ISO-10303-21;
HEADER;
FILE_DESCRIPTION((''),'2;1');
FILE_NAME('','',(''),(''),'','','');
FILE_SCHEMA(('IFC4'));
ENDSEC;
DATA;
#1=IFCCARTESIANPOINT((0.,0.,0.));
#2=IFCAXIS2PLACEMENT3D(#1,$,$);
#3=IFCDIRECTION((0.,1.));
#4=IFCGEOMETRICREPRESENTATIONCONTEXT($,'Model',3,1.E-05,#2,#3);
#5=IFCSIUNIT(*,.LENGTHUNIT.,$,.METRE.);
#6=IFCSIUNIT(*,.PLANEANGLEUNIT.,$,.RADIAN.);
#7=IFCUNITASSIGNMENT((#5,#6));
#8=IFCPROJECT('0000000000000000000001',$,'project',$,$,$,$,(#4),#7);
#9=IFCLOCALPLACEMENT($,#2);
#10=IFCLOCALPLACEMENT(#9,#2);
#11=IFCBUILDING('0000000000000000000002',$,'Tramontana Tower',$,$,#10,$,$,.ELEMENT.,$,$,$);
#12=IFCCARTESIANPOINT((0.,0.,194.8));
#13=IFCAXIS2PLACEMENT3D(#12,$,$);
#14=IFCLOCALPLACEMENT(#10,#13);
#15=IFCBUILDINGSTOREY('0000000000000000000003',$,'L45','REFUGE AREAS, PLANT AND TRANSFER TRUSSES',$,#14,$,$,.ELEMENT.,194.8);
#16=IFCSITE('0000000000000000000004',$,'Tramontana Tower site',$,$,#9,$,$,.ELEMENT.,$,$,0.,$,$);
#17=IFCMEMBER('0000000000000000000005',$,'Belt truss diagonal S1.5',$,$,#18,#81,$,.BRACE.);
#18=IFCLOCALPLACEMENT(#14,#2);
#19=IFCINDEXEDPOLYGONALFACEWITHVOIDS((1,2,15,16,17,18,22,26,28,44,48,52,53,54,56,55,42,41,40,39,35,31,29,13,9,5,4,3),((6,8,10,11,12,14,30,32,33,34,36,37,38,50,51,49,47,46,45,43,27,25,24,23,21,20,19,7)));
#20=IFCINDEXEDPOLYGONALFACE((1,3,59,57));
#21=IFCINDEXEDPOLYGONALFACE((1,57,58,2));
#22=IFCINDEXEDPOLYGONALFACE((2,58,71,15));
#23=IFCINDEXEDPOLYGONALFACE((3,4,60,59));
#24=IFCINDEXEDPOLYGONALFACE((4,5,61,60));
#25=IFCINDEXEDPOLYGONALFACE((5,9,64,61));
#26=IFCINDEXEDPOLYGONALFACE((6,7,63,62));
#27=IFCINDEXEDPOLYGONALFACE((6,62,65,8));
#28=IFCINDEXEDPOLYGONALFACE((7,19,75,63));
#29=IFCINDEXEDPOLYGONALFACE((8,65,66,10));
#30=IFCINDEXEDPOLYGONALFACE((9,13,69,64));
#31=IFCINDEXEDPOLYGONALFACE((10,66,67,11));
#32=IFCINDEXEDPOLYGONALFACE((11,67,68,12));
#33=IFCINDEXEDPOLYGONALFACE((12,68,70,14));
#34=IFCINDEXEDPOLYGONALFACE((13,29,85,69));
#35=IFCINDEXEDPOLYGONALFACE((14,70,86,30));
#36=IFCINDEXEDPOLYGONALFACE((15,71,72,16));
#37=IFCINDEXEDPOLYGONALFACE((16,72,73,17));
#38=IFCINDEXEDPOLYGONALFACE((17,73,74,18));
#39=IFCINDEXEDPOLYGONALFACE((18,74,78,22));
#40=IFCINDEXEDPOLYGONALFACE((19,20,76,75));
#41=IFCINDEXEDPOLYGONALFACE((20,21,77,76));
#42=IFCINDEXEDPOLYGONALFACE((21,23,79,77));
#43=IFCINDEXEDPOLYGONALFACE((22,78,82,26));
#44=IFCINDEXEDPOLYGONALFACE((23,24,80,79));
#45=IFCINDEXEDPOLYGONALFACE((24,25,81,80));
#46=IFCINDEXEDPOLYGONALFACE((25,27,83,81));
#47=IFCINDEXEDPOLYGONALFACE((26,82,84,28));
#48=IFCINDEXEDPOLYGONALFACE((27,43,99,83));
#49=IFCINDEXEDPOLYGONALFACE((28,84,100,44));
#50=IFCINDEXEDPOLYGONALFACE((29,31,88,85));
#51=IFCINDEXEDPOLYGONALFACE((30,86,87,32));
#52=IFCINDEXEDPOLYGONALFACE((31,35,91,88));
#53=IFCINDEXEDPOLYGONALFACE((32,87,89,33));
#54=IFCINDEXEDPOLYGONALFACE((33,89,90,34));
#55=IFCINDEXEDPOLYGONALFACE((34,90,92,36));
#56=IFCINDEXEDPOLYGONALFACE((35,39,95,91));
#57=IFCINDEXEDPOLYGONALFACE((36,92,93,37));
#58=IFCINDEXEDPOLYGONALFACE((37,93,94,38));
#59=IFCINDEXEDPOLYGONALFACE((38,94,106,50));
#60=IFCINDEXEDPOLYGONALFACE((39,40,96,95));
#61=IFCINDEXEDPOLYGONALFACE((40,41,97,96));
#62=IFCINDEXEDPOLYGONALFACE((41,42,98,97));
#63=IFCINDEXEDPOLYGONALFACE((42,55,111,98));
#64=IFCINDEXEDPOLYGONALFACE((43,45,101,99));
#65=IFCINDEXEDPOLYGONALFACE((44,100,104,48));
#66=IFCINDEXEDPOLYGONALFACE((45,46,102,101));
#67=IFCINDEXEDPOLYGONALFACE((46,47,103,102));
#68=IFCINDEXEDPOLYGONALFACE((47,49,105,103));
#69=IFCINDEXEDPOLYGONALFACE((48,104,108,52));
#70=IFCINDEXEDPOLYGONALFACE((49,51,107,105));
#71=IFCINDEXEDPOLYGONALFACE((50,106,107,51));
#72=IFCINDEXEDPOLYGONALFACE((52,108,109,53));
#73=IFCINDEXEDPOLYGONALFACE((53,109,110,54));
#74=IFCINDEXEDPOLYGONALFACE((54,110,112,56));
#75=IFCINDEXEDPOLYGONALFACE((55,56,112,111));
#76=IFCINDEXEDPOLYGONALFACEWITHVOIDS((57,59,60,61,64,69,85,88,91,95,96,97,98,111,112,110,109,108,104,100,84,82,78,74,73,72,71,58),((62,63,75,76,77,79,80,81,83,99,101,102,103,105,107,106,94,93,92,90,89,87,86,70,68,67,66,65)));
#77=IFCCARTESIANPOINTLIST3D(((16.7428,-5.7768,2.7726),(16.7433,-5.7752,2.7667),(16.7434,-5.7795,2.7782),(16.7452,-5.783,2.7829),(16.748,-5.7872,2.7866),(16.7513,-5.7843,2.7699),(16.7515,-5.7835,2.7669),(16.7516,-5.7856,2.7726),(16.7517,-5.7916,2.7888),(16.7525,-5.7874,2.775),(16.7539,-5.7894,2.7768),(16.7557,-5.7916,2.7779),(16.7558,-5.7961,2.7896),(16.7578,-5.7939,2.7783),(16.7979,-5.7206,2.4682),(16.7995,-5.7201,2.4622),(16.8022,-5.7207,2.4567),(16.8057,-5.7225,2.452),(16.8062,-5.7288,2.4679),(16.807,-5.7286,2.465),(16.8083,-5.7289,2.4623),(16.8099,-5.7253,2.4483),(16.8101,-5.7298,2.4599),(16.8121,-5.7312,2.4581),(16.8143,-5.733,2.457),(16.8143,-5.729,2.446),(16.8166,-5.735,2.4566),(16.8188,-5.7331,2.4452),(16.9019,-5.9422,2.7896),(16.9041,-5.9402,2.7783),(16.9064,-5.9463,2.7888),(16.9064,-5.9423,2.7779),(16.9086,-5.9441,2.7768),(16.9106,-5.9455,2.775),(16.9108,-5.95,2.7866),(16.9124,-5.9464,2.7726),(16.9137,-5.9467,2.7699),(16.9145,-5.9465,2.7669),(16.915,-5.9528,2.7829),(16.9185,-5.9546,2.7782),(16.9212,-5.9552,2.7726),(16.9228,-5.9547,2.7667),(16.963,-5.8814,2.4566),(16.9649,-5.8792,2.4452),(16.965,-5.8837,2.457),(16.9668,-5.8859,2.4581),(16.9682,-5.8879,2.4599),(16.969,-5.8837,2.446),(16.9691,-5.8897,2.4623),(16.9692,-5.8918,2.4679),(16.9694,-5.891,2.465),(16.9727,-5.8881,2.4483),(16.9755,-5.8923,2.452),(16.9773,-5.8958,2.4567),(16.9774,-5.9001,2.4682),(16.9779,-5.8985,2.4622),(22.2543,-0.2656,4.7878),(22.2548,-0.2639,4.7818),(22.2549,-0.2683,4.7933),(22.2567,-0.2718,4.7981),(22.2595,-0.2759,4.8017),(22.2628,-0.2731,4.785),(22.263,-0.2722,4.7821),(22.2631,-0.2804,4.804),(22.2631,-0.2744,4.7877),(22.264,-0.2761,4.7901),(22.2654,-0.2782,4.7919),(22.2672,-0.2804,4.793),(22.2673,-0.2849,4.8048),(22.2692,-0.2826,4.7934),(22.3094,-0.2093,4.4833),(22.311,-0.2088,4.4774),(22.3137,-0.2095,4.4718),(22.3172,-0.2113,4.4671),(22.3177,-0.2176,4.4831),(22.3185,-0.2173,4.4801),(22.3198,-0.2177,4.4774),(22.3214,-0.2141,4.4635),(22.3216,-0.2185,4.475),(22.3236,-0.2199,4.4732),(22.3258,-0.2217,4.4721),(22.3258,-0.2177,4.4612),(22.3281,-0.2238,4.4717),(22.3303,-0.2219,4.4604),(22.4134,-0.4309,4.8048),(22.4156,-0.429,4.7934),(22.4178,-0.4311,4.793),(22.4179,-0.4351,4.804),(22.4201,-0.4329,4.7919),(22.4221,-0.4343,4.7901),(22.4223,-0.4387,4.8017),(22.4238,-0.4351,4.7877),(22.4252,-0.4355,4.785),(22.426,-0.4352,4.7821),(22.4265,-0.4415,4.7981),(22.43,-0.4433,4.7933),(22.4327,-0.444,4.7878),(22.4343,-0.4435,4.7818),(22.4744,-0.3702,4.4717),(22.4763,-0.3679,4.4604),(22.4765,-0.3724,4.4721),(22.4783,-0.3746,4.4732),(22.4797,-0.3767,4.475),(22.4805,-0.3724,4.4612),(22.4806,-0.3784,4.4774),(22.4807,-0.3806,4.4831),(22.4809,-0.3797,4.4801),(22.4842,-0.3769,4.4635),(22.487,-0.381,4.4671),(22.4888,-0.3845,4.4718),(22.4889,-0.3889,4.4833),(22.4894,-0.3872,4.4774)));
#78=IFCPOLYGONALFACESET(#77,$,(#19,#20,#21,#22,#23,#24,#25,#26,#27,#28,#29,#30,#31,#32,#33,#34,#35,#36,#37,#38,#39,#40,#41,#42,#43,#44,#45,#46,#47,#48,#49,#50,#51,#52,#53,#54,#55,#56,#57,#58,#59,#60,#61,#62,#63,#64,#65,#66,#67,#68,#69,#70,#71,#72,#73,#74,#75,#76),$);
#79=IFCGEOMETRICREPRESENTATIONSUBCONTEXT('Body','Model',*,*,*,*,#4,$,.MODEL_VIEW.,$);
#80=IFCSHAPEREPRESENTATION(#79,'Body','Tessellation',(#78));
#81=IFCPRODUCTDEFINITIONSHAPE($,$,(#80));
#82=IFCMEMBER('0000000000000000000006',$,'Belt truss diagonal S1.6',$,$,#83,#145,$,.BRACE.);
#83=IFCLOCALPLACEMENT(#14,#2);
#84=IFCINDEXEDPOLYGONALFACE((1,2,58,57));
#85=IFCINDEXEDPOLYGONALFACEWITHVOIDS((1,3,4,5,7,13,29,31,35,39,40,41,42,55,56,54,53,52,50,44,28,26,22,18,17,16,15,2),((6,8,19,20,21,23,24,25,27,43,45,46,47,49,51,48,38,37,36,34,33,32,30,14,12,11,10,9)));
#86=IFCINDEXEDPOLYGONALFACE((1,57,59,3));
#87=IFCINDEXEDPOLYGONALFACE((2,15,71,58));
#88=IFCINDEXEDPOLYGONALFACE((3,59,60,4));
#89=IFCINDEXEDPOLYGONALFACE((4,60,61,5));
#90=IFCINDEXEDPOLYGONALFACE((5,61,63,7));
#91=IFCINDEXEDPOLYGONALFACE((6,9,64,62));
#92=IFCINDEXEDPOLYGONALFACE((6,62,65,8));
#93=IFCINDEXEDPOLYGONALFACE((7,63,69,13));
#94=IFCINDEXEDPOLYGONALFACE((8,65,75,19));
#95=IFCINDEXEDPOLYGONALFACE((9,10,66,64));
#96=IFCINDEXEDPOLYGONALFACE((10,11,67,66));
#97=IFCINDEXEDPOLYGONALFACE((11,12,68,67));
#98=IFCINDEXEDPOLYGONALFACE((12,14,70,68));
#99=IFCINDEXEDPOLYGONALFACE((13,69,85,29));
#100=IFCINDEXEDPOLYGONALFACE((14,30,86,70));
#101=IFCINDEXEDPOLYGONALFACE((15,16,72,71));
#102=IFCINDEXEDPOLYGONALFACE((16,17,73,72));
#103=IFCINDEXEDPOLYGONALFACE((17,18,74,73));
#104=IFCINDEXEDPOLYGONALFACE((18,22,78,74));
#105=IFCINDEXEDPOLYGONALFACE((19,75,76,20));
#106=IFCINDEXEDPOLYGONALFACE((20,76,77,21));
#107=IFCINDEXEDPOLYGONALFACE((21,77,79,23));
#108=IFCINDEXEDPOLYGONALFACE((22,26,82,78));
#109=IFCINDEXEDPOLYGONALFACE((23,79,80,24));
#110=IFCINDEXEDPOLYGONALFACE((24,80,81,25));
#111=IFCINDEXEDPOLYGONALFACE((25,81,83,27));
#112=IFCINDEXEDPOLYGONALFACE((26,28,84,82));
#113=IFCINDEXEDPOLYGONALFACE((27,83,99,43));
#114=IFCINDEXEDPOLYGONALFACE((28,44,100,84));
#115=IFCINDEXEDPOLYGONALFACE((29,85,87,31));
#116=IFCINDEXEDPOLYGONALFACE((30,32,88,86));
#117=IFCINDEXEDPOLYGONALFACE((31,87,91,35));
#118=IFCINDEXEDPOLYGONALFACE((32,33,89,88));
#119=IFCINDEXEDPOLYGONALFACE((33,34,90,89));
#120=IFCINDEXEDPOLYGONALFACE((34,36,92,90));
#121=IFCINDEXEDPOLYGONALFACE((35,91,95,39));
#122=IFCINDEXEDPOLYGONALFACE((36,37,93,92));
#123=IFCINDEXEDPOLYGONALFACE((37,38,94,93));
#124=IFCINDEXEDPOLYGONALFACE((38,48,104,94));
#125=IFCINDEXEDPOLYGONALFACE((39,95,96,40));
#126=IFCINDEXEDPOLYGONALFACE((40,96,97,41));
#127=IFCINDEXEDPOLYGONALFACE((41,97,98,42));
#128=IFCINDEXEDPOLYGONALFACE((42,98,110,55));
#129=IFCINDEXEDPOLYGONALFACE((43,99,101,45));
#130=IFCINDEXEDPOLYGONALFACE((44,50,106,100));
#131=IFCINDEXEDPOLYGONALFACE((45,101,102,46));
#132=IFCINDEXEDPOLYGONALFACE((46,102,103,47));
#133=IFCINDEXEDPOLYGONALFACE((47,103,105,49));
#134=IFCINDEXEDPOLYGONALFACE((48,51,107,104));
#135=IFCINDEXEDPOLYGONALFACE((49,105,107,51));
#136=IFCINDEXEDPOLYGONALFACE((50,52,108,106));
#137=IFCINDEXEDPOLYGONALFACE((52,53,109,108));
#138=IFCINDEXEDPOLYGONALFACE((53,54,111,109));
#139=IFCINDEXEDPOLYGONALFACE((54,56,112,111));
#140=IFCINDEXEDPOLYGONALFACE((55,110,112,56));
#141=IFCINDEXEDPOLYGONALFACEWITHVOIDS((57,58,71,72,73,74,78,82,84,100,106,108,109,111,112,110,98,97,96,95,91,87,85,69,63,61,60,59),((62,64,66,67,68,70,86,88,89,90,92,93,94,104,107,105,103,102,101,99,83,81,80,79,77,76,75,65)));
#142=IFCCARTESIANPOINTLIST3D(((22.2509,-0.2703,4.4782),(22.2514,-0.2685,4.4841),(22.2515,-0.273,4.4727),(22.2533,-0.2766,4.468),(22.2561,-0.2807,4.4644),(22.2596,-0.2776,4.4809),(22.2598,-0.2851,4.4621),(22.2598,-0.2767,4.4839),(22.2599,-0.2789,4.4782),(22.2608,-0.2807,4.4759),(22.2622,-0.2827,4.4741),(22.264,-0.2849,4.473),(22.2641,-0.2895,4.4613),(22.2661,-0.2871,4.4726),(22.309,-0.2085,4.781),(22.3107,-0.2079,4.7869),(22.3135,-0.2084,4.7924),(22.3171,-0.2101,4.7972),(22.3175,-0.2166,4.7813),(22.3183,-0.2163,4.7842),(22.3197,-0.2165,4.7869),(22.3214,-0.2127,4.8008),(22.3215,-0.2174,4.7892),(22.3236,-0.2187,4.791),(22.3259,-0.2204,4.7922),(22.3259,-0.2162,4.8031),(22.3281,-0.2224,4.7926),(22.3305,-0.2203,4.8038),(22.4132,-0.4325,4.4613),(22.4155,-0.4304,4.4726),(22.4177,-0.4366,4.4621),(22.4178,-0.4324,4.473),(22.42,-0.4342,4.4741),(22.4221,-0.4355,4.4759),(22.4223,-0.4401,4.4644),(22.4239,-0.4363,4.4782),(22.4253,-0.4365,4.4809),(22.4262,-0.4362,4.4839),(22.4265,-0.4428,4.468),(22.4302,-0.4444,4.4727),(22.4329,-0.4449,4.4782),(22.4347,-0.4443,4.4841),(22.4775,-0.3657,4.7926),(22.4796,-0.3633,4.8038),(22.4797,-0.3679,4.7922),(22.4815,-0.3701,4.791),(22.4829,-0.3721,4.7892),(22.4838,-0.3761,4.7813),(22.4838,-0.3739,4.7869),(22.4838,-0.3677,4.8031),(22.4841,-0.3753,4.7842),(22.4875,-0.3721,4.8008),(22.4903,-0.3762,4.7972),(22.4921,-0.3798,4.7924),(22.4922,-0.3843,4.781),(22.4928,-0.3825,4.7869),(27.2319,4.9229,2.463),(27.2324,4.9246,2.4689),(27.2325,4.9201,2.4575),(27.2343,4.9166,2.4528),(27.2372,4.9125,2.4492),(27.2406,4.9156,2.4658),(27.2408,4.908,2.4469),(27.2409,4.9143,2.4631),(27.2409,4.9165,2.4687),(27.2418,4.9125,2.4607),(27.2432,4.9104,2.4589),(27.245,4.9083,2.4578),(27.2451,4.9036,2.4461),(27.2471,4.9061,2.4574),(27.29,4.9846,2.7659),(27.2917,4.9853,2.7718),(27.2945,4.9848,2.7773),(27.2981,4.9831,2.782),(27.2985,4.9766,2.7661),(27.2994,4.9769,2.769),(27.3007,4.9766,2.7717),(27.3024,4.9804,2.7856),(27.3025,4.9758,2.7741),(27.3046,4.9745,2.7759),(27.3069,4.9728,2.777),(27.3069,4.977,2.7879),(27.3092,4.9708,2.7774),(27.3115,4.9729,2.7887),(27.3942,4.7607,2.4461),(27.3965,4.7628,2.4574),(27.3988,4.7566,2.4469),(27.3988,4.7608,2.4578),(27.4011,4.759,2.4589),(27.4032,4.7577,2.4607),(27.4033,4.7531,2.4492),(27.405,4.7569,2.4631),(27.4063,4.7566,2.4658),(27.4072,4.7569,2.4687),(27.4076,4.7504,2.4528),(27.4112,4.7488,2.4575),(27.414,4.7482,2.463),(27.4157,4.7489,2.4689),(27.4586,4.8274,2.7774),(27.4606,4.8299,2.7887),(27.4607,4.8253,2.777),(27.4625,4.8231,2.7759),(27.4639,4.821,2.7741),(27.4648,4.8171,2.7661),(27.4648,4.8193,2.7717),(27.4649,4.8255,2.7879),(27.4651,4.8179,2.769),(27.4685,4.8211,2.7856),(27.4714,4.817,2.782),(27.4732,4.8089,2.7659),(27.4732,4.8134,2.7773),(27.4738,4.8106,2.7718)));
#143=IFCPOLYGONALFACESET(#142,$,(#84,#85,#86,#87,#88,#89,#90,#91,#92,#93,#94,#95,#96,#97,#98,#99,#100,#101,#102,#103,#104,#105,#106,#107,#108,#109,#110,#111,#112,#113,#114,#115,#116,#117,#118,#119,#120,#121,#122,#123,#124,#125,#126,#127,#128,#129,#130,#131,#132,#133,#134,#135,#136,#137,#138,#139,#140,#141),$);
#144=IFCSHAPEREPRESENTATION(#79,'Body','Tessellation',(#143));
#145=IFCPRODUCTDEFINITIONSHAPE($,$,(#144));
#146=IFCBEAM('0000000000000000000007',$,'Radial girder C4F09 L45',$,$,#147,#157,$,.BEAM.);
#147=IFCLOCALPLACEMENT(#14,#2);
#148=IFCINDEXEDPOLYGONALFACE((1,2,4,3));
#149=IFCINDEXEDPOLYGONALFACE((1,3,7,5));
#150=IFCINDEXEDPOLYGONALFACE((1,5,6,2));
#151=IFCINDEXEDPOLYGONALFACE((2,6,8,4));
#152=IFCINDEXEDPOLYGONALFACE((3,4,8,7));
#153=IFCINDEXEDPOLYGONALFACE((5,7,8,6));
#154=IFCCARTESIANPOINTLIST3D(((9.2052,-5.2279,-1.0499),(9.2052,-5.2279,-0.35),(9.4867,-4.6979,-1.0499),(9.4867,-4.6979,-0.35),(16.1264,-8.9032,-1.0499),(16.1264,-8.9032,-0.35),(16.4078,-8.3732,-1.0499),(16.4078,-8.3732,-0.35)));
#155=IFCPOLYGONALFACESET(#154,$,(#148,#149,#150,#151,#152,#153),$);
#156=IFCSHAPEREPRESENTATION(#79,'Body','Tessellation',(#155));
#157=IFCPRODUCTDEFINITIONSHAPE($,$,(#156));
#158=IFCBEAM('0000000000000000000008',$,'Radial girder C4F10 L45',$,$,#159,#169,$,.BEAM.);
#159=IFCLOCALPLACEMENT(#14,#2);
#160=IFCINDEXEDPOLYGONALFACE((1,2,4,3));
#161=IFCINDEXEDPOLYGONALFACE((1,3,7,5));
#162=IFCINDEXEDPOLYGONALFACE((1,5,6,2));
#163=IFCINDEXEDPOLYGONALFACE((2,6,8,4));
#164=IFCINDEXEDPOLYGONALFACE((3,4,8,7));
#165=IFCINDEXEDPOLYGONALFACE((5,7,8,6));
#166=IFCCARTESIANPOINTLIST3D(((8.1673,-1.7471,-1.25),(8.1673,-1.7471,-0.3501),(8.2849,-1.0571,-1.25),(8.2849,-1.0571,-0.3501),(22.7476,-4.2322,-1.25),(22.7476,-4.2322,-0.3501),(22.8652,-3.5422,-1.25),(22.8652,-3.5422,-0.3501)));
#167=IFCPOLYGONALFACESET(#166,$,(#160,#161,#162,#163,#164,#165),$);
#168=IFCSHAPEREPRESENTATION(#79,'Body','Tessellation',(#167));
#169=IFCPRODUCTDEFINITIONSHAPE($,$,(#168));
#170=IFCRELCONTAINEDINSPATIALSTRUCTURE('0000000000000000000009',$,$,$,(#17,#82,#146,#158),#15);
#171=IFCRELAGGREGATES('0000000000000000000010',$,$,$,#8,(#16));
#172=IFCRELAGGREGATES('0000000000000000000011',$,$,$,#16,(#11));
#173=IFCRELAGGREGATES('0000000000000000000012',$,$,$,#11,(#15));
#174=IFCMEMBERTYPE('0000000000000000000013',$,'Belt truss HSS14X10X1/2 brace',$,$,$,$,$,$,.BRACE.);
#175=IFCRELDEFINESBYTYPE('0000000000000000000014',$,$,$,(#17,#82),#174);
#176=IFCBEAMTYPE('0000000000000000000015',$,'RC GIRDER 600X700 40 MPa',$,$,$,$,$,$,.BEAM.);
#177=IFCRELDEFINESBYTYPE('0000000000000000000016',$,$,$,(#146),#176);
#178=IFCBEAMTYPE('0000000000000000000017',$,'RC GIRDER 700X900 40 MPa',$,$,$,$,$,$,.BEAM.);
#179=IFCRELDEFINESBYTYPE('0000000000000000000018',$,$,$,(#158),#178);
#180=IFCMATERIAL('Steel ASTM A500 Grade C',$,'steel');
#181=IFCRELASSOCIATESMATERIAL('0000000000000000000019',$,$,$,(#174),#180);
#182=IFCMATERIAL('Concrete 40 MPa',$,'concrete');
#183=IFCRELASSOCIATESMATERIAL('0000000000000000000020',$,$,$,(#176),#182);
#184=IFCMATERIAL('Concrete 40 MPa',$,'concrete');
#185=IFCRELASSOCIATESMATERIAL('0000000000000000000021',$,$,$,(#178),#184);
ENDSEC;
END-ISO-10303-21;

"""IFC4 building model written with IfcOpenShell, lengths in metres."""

from ifc_helpers import new_model, si_unit, direction, frame, origin, origin_2d, place, context, subcontext, project, spatial, rectangle, hollow_rectangle, extrude, material, material_profile, profile_set, type_object, element, save


model = new_model("IFC4")

# Units and contexts
model_context = context("Model", 3, precision=1e-05, world=origin(), true_north=direction((0.0, 1.0)))
body_context = subcontext(model_context, "Body", "Model", "MODEL_VIEW")
ifc_project = project(units=[si_unit("LENGTHUNIT", "METRE"), si_unit("PLANEANGLEUNIT", "RADIAN")], contexts=[model_context])

# Site, building, storey
site_placement = place(None, origin())
site = spatial("IfcSite", under=ifc_project, at=site_placement, Name="Tramontana Tower site", CompositionType="ELEMENT", RefElevation=0.0)
building_placement = place(site_placement, origin())
building = spatial("IfcBuilding", under=site, at=building_placement, Name="Tramontana Tower", CompositionType="ELEMENT")
storey_placement = place(building_placement, frame((0.0, 0.0, 194.8)))
storey = spatial("IfcBuildingStorey", under=building, at=storey_placement, Name="L45", Description="REFUGE AREAS, PLANT AND TRANSFER TRUSSES", CompositionType="ELEMENT", Elevation=194.8)

# Members
ifc_material_1 = material(Name="Steel ASTM A500 Grade C", Category="steel")
ifc_material_profile_1 = material_profile(ifc_material_1, hollow_rectangle(XDim=0.2539, YDim=0.3557, WallThickness=0.0117, InnerFilletRadius=0.0117, OuterFilletRadius=0.0237, at=origin_2d()), Name="HSS14X10X1/2")
ifc_profile_set_1 = profile_set([ifc_material_profile_1], Name="Steel ASTM A500 Grade C")
member_type_1 = type_object("IfcMemberType", Name="Belt truss HSS14X10X1/2 brace", PredefinedType="BRACE", material=ifc_profile_set_1)
for number, where, z_axis, x_axis, name in (
    (1, (16.8604, -5.8376, 2.6174), (0.684611, 0.684581, 0.250312), (-0.707091, 0.707122, 0.0), "Belt truss diagonal S1.5"),
):
    element("IfcMember", number, at=place(storey_placement, frame(where, z_axis=z_axis, x_axis=x_axis)), inside=storey, type_object=member_type_1, Name=name, PredefinedType="BRACE", context=body_context, shape_type="SweptSolid", body=[
        extrude(hollow_rectangle(XDim=0.2539, YDim=0.3557, WallThickness=0.0117, InnerFilletRadius=0.0117, OuterFilletRadius=0.0237, at=origin_2d()), origin(), (0.0, 0.0, 1.0), 8.0505),
    ])
member_1_placement = place(storey_placement, frame((22.3718, -0.3264, 4.6326), z_axis=(0.666566, 0.694958, -0.269672), x_axis=(-0.721695, 0.692211, 0.0)))
element("IfcMember", 2, at=member_1_placement, inside=storey, type_object=member_type_1, Name="Belt truss diagonal S1.6", PredefinedType="BRACE", context=body_context, shape_type="SweptSolid", body=[
    extrude(hollow_rectangle(XDim=0.2539, YDim=0.3557, WallThickness=0.0117, InnerFilletRadius=0.0117, OuterFilletRadius=0.0237, at=origin_2d()), origin(), (0.0, 0.0, 1.0), 7.4727),
])

# Beams
ifc_material_2 = material(Name="Concrete 40 MPa", Category="concrete")
ifc_material_profile_2 = material_profile(ifc_material_2, rectangle(XDim=0.6001, YDim=0.7, at=origin_2d()), Name="RC GIRDER 600X700 40 MPa")
ifc_profile_set_2 = profile_set([ifc_material_profile_2], Name="Concrete 40 MPa")
beam_type_1 = type_object("IfcBeamType", Name="RC GIRDER 600X700 40 MPa", PredefinedType="BEAM", material=ifc_profile_set_2)
beam_1_placement = place(storey_placement, frame((16.2671, -8.6382, -0.7), z_axis=(-0.883198, 0.469, 0.0), x_axis=(-0.469, -0.883198, 0.0)))
element("IfcBeam", 3, at=beam_1_placement, inside=storey, type_object=beam_type_1, Name="Radial girder C4F09 L45", PredefinedType="BEAM", context=body_context, shape_type="SweptSolid", body=[
    extrude(rectangle(XDim=0.6001, YDim=0.7, at=origin_2d()), origin(), (0.0, 0.0, 1.0), 7.8364),
])
ifc_material_3 = material(Name="Concrete 40 MPa", Category="concrete")
ifc_material_profile_3 = material_profile(ifc_material_3, rectangle(XDim=0.7, YDim=0.8999, at=origin_2d()), Name="RC GIRDER 700X900 40 MPa")
ifc_profile_set_3 = profile_set([ifc_material_profile_3], Name="Concrete 40 MPa")
beam_type_2 = type_object("IfcBeamType", Name="RC GIRDER 700X900 40 MPa", PredefinedType="BEAM", material=ifc_profile_set_3)
beam_2_placement = place(storey_placement, frame((22.8064, -3.8872, -0.8), z_axis=(-0.985784, 0.168019, 0.0), x_axis=(-0.168019, -0.985784, 0.0)))
element("IfcBeam", 4, at=beam_2_placement, inside=storey, type_object=beam_type_2, Name="Radial girder C4F10 L45", PredefinedType="BEAM", context=body_context, shape_type="SweptSolid", body=[
    extrude(rectangle(XDim=0.7, YDim=0.8999, at=origin_2d()), origin(), (0.0, 0.0, 1.0), 14.7905),
])

save(model, "model.ifc")
